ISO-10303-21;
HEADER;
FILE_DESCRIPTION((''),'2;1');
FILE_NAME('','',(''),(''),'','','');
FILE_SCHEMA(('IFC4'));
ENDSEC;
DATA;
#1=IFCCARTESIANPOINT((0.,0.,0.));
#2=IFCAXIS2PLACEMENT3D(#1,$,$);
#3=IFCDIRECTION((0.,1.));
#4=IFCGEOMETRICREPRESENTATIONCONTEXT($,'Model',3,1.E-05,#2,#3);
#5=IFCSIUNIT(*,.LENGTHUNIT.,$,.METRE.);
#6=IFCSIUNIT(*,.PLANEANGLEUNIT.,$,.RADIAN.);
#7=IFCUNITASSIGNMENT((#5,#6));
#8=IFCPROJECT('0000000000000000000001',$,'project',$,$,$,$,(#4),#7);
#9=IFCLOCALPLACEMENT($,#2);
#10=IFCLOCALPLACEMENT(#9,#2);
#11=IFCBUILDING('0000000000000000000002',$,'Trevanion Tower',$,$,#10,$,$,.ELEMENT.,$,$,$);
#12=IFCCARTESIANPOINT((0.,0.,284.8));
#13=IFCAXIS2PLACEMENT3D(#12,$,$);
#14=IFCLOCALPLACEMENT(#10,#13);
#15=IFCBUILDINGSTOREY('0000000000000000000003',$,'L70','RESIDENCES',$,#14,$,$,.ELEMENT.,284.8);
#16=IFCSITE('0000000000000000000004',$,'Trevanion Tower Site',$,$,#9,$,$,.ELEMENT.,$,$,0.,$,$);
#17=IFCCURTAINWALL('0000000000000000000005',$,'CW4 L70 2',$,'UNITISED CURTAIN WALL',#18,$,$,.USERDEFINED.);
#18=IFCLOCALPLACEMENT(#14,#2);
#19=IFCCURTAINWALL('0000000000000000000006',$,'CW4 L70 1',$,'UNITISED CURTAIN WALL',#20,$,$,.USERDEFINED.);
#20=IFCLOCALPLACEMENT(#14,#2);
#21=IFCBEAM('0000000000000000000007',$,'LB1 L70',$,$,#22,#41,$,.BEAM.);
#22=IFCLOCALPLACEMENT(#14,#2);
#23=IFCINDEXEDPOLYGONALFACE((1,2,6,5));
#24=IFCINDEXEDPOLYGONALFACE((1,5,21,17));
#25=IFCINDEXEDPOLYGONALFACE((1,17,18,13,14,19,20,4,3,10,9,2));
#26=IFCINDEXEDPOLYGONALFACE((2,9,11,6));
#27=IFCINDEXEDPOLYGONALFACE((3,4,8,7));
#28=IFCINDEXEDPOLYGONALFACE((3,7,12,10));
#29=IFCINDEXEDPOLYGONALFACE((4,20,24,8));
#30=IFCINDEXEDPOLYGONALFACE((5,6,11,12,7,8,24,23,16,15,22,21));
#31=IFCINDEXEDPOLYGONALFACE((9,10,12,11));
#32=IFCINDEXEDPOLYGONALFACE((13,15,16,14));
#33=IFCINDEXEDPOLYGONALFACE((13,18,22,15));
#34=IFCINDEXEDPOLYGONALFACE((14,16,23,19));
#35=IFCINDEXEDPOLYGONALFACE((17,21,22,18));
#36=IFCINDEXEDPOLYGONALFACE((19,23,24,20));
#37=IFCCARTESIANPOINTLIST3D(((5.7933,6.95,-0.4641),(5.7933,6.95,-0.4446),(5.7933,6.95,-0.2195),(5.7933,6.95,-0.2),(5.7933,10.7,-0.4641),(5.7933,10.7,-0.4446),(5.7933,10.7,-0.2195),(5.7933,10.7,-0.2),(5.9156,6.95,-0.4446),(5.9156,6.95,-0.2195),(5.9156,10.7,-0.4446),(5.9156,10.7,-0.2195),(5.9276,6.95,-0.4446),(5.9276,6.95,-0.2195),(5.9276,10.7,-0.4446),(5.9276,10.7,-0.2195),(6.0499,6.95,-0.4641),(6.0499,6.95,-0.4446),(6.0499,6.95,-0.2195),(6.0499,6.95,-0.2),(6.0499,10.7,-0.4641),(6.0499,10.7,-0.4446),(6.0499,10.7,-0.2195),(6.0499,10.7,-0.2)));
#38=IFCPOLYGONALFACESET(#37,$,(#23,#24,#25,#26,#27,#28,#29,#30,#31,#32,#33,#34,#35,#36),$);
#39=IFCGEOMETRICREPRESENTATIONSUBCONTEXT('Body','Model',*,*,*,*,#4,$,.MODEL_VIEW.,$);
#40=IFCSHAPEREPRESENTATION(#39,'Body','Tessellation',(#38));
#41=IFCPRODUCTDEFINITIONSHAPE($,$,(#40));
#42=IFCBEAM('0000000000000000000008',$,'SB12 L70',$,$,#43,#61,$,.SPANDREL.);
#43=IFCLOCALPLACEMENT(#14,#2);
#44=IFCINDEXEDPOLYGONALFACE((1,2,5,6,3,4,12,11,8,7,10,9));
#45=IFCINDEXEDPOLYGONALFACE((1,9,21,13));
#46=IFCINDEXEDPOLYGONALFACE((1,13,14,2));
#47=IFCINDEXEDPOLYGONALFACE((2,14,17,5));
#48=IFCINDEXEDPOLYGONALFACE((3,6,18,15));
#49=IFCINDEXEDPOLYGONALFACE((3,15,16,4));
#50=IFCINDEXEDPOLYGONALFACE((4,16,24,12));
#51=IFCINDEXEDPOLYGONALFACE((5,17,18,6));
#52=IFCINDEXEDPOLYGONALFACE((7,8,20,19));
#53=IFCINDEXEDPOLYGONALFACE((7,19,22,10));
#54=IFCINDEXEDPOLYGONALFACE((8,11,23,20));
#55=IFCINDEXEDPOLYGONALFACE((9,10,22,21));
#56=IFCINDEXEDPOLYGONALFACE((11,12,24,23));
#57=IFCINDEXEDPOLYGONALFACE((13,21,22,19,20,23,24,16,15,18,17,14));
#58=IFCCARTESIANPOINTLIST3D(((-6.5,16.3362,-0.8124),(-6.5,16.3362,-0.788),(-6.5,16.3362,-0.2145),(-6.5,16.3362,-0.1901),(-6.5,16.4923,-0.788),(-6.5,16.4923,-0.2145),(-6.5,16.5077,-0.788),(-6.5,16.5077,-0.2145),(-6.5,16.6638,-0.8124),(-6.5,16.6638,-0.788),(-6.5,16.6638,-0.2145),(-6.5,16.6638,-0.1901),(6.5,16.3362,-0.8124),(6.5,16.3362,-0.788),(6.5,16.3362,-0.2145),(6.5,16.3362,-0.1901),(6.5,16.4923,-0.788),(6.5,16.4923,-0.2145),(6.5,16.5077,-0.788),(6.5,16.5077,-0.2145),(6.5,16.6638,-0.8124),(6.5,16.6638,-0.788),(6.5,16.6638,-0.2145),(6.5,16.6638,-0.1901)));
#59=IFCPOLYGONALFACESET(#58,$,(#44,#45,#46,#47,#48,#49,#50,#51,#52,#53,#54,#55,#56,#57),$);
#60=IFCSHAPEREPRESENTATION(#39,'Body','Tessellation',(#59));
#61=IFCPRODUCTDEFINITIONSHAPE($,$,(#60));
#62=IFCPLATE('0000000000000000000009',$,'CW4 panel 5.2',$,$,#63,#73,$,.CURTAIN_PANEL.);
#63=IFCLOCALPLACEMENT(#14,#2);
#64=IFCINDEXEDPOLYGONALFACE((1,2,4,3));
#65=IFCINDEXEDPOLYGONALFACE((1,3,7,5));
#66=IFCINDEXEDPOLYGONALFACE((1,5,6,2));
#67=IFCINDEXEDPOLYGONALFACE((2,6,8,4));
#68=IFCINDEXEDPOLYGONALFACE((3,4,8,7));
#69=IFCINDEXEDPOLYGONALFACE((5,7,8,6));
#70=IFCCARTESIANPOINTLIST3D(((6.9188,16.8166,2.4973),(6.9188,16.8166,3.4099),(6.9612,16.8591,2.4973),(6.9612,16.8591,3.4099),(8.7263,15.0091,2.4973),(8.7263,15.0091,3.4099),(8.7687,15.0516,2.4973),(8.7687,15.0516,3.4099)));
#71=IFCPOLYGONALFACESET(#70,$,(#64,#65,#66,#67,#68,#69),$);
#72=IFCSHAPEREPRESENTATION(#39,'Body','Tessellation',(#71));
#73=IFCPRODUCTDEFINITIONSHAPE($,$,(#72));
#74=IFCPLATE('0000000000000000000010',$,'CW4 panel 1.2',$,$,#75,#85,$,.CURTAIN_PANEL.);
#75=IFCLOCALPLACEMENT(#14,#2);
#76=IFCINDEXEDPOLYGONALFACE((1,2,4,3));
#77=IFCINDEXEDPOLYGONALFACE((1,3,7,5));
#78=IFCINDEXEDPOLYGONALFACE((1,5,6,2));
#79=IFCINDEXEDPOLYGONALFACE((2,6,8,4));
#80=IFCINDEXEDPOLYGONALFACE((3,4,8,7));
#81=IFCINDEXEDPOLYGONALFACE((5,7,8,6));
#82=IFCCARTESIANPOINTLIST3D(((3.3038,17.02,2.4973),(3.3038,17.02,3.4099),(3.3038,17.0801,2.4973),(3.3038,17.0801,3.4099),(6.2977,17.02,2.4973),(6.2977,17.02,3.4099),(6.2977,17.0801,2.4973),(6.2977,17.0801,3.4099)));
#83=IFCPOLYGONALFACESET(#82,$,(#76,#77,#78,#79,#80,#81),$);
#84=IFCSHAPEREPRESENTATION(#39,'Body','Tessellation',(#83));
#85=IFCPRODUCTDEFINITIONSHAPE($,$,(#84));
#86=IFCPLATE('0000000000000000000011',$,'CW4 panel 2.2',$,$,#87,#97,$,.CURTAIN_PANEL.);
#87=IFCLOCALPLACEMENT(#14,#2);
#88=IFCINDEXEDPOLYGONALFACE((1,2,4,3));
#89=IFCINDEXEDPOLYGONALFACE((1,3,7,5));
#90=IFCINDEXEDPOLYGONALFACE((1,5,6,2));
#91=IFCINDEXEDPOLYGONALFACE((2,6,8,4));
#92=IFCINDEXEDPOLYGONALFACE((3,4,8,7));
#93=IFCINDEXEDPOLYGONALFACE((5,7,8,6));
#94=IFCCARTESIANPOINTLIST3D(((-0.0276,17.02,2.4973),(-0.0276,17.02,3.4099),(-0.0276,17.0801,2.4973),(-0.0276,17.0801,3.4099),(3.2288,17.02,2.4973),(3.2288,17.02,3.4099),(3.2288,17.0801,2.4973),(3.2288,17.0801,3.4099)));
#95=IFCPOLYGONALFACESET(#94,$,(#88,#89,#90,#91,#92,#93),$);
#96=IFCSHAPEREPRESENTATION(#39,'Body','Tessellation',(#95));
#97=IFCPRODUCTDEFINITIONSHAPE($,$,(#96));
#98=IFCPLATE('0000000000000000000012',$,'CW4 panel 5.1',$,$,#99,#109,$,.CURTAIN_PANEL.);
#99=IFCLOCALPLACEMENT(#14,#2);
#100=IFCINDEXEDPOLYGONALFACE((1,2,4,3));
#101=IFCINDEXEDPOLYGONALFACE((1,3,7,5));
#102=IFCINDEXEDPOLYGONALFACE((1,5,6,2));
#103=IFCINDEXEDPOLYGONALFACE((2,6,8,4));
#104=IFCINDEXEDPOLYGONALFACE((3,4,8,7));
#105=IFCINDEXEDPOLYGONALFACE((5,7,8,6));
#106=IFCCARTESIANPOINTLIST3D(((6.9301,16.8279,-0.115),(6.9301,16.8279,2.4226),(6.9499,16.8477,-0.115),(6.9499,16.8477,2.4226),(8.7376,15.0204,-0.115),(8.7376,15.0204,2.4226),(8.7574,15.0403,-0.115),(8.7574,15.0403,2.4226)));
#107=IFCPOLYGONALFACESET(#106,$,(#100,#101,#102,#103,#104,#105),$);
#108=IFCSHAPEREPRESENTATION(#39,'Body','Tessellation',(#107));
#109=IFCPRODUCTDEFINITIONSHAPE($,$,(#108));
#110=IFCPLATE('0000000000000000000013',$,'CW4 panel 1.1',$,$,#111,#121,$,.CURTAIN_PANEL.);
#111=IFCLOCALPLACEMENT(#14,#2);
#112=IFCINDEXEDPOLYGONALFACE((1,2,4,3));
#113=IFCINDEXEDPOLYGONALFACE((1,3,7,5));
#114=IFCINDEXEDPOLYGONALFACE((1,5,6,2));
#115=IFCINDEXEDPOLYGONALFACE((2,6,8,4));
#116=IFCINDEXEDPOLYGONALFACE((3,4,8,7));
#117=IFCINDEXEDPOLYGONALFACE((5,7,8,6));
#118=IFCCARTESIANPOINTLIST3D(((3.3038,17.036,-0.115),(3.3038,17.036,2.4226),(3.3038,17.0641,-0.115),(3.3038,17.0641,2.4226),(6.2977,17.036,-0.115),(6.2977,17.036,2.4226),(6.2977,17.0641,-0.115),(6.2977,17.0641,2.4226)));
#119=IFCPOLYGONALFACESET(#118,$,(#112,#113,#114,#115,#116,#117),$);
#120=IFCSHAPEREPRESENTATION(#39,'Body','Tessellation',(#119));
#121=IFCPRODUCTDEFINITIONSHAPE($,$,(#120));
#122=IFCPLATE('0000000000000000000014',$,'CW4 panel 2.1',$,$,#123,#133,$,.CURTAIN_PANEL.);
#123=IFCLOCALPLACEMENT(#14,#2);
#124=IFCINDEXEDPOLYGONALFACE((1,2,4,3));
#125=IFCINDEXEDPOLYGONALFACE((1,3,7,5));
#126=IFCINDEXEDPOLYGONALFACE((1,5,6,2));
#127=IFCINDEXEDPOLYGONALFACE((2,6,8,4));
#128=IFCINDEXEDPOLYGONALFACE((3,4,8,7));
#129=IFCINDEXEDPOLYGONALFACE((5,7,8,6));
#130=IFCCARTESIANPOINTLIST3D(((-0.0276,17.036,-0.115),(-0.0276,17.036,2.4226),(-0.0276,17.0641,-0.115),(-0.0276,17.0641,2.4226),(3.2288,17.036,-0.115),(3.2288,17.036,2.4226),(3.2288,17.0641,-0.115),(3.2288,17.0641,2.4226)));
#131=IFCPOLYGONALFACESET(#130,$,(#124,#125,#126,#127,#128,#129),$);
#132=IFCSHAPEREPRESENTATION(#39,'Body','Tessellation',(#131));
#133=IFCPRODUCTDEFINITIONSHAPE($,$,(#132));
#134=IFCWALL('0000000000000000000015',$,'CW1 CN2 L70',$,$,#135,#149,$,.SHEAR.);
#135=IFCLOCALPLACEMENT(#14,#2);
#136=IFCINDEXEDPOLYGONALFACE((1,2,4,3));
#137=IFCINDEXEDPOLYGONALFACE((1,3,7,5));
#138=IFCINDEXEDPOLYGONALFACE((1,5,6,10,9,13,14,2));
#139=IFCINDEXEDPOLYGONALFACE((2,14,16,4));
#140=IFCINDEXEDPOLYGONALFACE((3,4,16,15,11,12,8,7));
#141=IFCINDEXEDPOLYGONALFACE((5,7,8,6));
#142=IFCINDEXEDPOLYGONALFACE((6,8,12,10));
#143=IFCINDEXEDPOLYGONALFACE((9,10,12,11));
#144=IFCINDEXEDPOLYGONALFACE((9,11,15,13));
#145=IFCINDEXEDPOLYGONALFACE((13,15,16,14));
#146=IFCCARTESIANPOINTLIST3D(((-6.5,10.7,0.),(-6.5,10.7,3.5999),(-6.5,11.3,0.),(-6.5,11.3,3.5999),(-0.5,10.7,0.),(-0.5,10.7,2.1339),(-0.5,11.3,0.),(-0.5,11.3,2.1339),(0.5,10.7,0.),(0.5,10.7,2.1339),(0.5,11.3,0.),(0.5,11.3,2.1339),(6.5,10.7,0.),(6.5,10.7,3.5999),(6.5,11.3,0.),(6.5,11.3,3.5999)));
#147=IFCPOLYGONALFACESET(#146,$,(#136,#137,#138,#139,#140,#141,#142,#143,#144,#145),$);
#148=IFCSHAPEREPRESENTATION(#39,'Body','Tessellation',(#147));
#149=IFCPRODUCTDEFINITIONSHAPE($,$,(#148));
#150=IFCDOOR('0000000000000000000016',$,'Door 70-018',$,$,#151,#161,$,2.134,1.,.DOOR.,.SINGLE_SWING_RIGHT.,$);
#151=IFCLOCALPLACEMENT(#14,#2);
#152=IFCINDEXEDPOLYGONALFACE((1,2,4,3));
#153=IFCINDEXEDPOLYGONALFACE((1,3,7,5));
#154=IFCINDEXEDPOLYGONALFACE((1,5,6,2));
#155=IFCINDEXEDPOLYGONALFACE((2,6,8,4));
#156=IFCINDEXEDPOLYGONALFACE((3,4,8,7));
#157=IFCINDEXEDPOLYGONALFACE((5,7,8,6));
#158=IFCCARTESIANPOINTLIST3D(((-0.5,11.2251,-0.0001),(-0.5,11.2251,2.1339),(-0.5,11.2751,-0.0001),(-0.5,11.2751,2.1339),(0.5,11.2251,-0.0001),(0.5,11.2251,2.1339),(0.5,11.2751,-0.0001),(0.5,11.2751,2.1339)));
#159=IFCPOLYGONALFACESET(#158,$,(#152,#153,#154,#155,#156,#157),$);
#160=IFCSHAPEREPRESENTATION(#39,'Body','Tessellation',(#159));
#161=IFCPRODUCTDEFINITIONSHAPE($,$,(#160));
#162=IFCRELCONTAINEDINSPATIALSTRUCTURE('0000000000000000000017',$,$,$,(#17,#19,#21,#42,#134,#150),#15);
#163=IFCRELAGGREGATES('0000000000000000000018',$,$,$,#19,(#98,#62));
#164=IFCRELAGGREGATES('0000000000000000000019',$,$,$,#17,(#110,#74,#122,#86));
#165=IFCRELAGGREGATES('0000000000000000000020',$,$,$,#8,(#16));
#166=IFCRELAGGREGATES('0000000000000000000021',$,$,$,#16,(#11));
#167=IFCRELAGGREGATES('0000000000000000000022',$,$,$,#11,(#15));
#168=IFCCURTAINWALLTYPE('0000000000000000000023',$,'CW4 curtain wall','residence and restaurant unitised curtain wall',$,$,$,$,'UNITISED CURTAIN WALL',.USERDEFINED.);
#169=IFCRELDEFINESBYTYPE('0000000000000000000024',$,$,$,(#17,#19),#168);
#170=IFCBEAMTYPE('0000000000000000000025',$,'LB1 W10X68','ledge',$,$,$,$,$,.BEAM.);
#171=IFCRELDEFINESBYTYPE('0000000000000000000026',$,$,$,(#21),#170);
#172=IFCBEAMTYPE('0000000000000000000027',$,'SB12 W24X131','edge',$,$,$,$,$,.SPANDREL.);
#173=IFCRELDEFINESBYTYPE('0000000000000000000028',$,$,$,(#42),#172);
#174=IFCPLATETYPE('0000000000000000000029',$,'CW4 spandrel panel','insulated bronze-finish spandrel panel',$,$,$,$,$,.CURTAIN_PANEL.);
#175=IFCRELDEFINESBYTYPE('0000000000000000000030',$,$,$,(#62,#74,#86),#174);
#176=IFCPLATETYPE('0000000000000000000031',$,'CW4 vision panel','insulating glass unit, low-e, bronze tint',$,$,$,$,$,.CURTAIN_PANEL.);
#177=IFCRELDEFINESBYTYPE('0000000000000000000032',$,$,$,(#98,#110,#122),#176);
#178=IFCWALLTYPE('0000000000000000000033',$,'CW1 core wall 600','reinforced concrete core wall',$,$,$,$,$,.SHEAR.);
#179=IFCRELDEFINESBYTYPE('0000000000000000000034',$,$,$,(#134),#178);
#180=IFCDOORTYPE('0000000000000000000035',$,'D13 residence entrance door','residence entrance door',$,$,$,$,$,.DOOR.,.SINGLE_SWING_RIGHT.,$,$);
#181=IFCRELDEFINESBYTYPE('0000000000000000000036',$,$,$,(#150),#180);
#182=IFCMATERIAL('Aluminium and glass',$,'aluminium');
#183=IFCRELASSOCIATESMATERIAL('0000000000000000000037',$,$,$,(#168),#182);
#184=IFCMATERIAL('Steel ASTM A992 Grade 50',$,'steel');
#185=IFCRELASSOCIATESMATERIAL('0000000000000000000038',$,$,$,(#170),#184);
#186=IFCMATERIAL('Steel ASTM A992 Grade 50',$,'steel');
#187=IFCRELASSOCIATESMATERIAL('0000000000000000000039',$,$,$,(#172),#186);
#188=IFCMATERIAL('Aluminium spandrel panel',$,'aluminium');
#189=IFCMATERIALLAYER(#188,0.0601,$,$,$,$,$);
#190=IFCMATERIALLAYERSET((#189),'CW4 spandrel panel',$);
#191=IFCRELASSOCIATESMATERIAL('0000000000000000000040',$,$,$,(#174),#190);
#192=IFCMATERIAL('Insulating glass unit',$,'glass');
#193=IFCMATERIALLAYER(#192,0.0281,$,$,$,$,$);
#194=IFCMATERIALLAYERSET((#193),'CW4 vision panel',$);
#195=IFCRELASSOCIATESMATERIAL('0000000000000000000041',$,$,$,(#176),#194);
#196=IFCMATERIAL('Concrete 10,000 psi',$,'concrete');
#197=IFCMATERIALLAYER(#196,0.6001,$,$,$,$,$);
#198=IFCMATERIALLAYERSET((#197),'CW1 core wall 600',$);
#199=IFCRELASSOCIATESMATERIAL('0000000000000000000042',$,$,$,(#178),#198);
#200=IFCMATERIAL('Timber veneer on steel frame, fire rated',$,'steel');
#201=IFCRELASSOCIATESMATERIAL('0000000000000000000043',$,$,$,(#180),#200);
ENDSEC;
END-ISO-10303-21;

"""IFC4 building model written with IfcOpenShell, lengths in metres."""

from ifc_helpers import new_model, si_unit, direction, frame, frame_2d, origin, origin_2d, place, context, subcontext, project, spatial, rectangle, i_section, extrude, material, layer, layer_set, material_profile, profile_set, type_object, element, fill, aggregate, save


model = new_model("IFC4")

# Units and contexts
model_context = context("Model", 3, precision=1e-05, world=origin(), true_north=direction((0.0, 1.0)))
body_context = subcontext(model_context, "Body", "Model", "MODEL_VIEW")
ifc_project = project(units=[si_unit("LENGTHUNIT", "METRE"), si_unit("PLANEANGLEUNIT", "RADIAN")], contexts=[model_context])

# Site, building, storey
site_placement = place(None, origin())
site = spatial("IfcSite", under=ifc_project, at=site_placement, Name="Trevanion Tower Site", CompositionType="ELEMENT", RefElevation=0.0)
building_placement = place(site_placement, origin())
building = spatial("IfcBuilding", under=site, at=building_placement, Name="Trevanion Tower", CompositionType="ELEMENT")
storey_placement = place(building_placement, frame((0.0, 0.0, 284.8)))
storey = spatial("IfcBuildingStorey", under=building, at=storey_placement, Name="L70", Description="RESIDENCES", CompositionType="ELEMENT", Elevation=284.8)

# Curtain walls
ifc_material_1 = material(Name="Aluminium and glass", Category="aluminium")
curtain_wall_type = type_object("IfcCurtainWallType", Name="CW4 curtain wall", Description="residence and restaurant unitised curtain wall", ElementType="UNITISED CURTAIN WALL", PredefinedType="USERDEFINED", material=ifc_material_1)
curtain_wall_1_placement = place(storey_placement, origin())
curtain_wall_1 = element("IfcCurtainWall", 1, at=curtain_wall_1_placement, inside=storey, type_object=curtain_wall_type, Name="CW4 L70 2", ObjectType="UNITISED CURTAIN WALL", PredefinedType="USERDEFINED")
curtain_wall_2_placement = place(storey_placement, origin())
curtain_wall_2 = element("IfcCurtainWall", 2, at=curtain_wall_2_placement, inside=storey, type_object=curtain_wall_type, Name="CW4 L70 1", ObjectType="UNITISED CURTAIN WALL", PredefinedType="USERDEFINED")

# Beams
ifc_material_2 = material(Name="Steel ASTM A992 Grade 50", Category="steel")
ifc_material_profile_1 = material_profile(ifc_material_2, i_section(OverallWidth=0.2566, OverallDepth=0.2642, WebThickness=0.012, FlangeThickness=0.0195, at=origin_2d()), Name="W10X68")
ifc_profile_set_1 = profile_set([ifc_material_profile_1], Name="Steel ASTM A992 Grade 50")
beam_type_1 = type_object("IfcBeamType", Name="LB1 W10X68", Description="ledge", PredefinedType="BEAM", material=ifc_profile_set_1)
beam_1_placement = place(storey_placement, frame((5.9216, 6.95, -0.332), z_axis=(0.0, 1.0, 0.0), x_axis=(-1.0, 0.0, 0.0)))
element("IfcBeam", 3, at=beam_1_placement, inside=storey, type_object=beam_type_1, Name="LB1 L70", PredefinedType="BEAM", context=body_context, shape_type="SweptSolid", body=[
    extrude(i_section(OverallWidth=0.2566, OverallDepth=0.2642, WebThickness=0.012, FlangeThickness=0.0195, at=origin_2d()), origin(), (0.0, 0.0, 1.0), 3.75),
])
ifc_material_3 = material(Name="Steel ASTM A992 Grade 50", Category="steel")
ifc_material_profile_2 = material_profile(ifc_material_3, i_section(OverallWidth=0.3276, OverallDepth=0.6223, WebThickness=0.0154, FlangeThickness=0.0244, at=origin_2d()), Name="W24X131")
ifc_profile_set_2 = profile_set([ifc_material_profile_2], Name="Steel ASTM A992 Grade 50")
beam_type_2 = type_object("IfcBeamType", Name="SB12 W24X131", Description="edge", PredefinedType="SPANDREL", material=ifc_profile_set_2)
beam_2_placement = place(storey_placement, frame((6.5, 16.5, -0.5012), z_axis=(-1.0, 0.0, 0.0), x_axis=(0.0, -1.0, 0.0)))
element("IfcBeam", 4, at=beam_2_placement, inside=storey, type_object=beam_type_2, Name="SB12 L70", PredefinedType="SPANDREL", context=body_context, shape_type="SweptSolid", body=[
    extrude(i_section(OverallWidth=0.3276, OverallDepth=0.6223, WebThickness=0.0154, FlangeThickness=0.0244, at=origin_2d()), origin(), (0.0, 0.0, 1.0), 13.0),
])

# Plates
ifc_material_4 = material(Name="Aluminium spandrel panel", Category="aluminium")
ifc_layer_1 = layer(ifc_material_4, 0.0601)
ifc_layer_set_1 = layer_set([ifc_layer_1], Name="CW4 spandrel panel")
plate_type_1 = type_object("IfcPlateType", Name="CW4 spandrel panel", Description="insulated bronze-finish spandrel panel", PredefinedType="CURTAIN_PANEL", material=ifc_layer_set_1)
plate_1_placement = place(storey_placement, frame((7.8438, 15.9341, 2.4973), z_axis=(0.0, 0.0, 1.0), x_axis=(-0.707107, 0.707107, 0.0)))
plate_1 = element("IfcPlate", 5, at=plate_1_placement, type_object=plate_type_1, Name="CW4 panel 5.2", PredefinedType="CURTAIN_PANEL", context=body_context, shape_type="SweptSolid", body=[
    extrude(rectangle(XDim=2.5562, YDim=0.0601, at=origin_2d()), origin(), (0.0, 0.0, 1.0), 0.9126),
])
plate_2_placement = place(storey_placement, frame((4.8008, 17.05, 2.4973), z_axis=(0.0, 0.0, 1.0), x_axis=(-1.0, 0.0, 0.0)))
plate_2 = element("IfcPlate", 6, at=plate_2_placement, type_object=plate_type_1, Name="CW4 panel 1.2", PredefinedType="CURTAIN_PANEL", context=body_context, shape_type="SweptSolid", body=[
    extrude(rectangle(XDim=2.9939, YDim=0.0601, at=origin_2d()), origin(), (0.0, 0.0, 1.0), 0.9126),
])
plate_3_placement = place(storey_placement, frame((1.6006, 17.05, 2.4973), z_axis=(0.0, 0.0, 1.0), x_axis=(-1.0, 0.0, 0.0)))
plate_3 = element("IfcPlate", 7, at=plate_3_placement, type_object=plate_type_1, Name="CW4 panel 2.2", PredefinedType="CURTAIN_PANEL", context=body_context, shape_type="SweptSolid", body=[
    extrude(rectangle(XDim=3.2563, YDim=0.0601, at=origin_2d()), origin(), (0.0, 0.0, 1.0), 0.9126),
])
ifc_material_5 = material(Name="Insulating glass unit", Category="glass")
ifc_layer_2 = layer(ifc_material_5, 0.0281)
ifc_layer_set_2 = layer_set([ifc_layer_2], Name="CW4 vision panel")
plate_type_2 = type_object("IfcPlateType", Name="CW4 vision panel", Description="insulating glass unit, low-e, bronze tint", PredefinedType="CURTAIN_PANEL", material=ifc_layer_set_2)
plate_4_placement = place(storey_placement, frame((7.8438, 15.9341, -0.115), z_axis=(0.0, 0.0, 1.0), x_axis=(-0.707107, 0.707107, 0.0)))
plate_4 = element("IfcPlate", 8, at=plate_4_placement, type_object=plate_type_2, Name="CW4 panel 5.1", PredefinedType="CURTAIN_PANEL", context=body_context, shape_type="SweptSolid", body=[
    extrude(rectangle(XDim=2.5562, YDim=0.0281, at=origin_2d()), origin(), (0.0, 0.0, 1.0), 2.5376),
])
aggregate(curtain_wall_2, [plate_4, plate_1])
plate_5_placement = place(storey_placement, frame((4.8008, 17.05, -0.115), z_axis=(0.0, 0.0, 1.0), x_axis=(-1.0, 0.0, 0.0)))
plate_5 = element("IfcPlate", 9, at=plate_5_placement, type_object=plate_type_2, Name="CW4 panel 1.1", PredefinedType="CURTAIN_PANEL", context=body_context, shape_type="SweptSolid", body=[
    extrude(rectangle(XDim=2.9939, YDim=0.0281, at=origin_2d()), origin(), (0.0, 0.0, 1.0), 2.5376),
])
plate_6_placement = place(storey_placement, frame((1.6006, 17.05, -0.115), z_axis=(0.0, 0.0, 1.0), x_axis=(-1.0, 0.0, 0.0)))
plate_6 = element("IfcPlate", 10, at=plate_6_placement, type_object=plate_type_2, Name="CW4 panel 2.1", PredefinedType="CURTAIN_PANEL", context=body_context, shape_type="SweptSolid", body=[
    extrude(rectangle(XDim=3.2563, YDim=0.0281, at=origin_2d()), origin(), (0.0, 0.0, 1.0), 2.5376),
])
aggregate(curtain_wall_1, [plate_5, plate_2, plate_6, plate_3])

# Wall, opening, door
ifc_material_6 = material(Name="Concrete 10,000 psi", Category="concrete")
ifc_layer_3 = layer(ifc_material_6, 0.6001)
ifc_layer_set_3 = layer_set([ifc_layer_3], Name="CW1 core wall 600")
wall_type_1 = type_object("IfcWallType", Name="CW1 core wall 600", Description="reinforced concrete core wall", PredefinedType="SHEAR", material=ifc_layer_set_3)
wall_1_placement = place(storey_placement, frame((6.5, 11.0, 0.0), z_axis=(0.0, 0.0, 1.0), x_axis=(-1.0, 0.0, 0.0)))
wall_1 = element("IfcWall", 11, at=wall_1_placement, inside=storey, type_object=wall_type_1, Name="CW1 CN2 L70", PredefinedType="SHEAR", context=body_context, shape_type="SweptSolid", body=[
    extrude(rectangle(XDim=13.0, YDim=0.6001, at=frame_2d((6.5, 0.0))), origin(), (0.0, 0.0, 1.0), 3.5999),
])
opening_1_placement = place(wall_1_placement, frame((6.0, 0.0, 0.0)))
opening_1 = element("IfcOpeningElement", 12, at=opening_1_placement, cuts=wall_1, PredefinedType="OPENING", context=body_context, shape_type="SweptSolid", body=[
    extrude(rectangle(XDim=1.0, YDim=2.134, at=frame_2d((0.5, 1.0669))), frame((0.0, 0.3101, 0.0), z_axis=(0.0, -1.0, 0.0), x_axis=(1.0, 0.0, 0.0)), (0.0, 0.0, 1.0), 0.6201),
])
ifc_material_7 = material(Name="Timber veneer on steel frame, fire rated", Category="steel")
door_type_1 = type_object("IfcDoorType", Name="D13 residence entrance door", Description="residence entrance door", OperationType="SINGLE_SWING_RIGHT", PredefinedType="DOOR", material=ifc_material_7)
door_1_placement = place(opening_1_placement, origin())
door_1 = element("IfcDoor", 13, at=door_1_placement, inside=storey, type_object=door_type_1, Name="Door 70-018", OperationType="SINGLE_SWING_RIGHT", OverallHeight=2.134, OverallWidth=1.0, PredefinedType="DOOR", context=body_context, shape_type="SweptSolid", body=[
    extrude(rectangle(XDim=1.0, YDim=2.134, at=frame_2d((0.5, 1.0669))), frame((0.0, -0.2251, 0.0), z_axis=(0.0, -1.0, 0.0), x_axis=(1.0, 0.0, 0.0)), (0.0, 0.0, 1.0), 0.05),
])
fill(opening_1, door_1)

save(model, "model.ifc")
